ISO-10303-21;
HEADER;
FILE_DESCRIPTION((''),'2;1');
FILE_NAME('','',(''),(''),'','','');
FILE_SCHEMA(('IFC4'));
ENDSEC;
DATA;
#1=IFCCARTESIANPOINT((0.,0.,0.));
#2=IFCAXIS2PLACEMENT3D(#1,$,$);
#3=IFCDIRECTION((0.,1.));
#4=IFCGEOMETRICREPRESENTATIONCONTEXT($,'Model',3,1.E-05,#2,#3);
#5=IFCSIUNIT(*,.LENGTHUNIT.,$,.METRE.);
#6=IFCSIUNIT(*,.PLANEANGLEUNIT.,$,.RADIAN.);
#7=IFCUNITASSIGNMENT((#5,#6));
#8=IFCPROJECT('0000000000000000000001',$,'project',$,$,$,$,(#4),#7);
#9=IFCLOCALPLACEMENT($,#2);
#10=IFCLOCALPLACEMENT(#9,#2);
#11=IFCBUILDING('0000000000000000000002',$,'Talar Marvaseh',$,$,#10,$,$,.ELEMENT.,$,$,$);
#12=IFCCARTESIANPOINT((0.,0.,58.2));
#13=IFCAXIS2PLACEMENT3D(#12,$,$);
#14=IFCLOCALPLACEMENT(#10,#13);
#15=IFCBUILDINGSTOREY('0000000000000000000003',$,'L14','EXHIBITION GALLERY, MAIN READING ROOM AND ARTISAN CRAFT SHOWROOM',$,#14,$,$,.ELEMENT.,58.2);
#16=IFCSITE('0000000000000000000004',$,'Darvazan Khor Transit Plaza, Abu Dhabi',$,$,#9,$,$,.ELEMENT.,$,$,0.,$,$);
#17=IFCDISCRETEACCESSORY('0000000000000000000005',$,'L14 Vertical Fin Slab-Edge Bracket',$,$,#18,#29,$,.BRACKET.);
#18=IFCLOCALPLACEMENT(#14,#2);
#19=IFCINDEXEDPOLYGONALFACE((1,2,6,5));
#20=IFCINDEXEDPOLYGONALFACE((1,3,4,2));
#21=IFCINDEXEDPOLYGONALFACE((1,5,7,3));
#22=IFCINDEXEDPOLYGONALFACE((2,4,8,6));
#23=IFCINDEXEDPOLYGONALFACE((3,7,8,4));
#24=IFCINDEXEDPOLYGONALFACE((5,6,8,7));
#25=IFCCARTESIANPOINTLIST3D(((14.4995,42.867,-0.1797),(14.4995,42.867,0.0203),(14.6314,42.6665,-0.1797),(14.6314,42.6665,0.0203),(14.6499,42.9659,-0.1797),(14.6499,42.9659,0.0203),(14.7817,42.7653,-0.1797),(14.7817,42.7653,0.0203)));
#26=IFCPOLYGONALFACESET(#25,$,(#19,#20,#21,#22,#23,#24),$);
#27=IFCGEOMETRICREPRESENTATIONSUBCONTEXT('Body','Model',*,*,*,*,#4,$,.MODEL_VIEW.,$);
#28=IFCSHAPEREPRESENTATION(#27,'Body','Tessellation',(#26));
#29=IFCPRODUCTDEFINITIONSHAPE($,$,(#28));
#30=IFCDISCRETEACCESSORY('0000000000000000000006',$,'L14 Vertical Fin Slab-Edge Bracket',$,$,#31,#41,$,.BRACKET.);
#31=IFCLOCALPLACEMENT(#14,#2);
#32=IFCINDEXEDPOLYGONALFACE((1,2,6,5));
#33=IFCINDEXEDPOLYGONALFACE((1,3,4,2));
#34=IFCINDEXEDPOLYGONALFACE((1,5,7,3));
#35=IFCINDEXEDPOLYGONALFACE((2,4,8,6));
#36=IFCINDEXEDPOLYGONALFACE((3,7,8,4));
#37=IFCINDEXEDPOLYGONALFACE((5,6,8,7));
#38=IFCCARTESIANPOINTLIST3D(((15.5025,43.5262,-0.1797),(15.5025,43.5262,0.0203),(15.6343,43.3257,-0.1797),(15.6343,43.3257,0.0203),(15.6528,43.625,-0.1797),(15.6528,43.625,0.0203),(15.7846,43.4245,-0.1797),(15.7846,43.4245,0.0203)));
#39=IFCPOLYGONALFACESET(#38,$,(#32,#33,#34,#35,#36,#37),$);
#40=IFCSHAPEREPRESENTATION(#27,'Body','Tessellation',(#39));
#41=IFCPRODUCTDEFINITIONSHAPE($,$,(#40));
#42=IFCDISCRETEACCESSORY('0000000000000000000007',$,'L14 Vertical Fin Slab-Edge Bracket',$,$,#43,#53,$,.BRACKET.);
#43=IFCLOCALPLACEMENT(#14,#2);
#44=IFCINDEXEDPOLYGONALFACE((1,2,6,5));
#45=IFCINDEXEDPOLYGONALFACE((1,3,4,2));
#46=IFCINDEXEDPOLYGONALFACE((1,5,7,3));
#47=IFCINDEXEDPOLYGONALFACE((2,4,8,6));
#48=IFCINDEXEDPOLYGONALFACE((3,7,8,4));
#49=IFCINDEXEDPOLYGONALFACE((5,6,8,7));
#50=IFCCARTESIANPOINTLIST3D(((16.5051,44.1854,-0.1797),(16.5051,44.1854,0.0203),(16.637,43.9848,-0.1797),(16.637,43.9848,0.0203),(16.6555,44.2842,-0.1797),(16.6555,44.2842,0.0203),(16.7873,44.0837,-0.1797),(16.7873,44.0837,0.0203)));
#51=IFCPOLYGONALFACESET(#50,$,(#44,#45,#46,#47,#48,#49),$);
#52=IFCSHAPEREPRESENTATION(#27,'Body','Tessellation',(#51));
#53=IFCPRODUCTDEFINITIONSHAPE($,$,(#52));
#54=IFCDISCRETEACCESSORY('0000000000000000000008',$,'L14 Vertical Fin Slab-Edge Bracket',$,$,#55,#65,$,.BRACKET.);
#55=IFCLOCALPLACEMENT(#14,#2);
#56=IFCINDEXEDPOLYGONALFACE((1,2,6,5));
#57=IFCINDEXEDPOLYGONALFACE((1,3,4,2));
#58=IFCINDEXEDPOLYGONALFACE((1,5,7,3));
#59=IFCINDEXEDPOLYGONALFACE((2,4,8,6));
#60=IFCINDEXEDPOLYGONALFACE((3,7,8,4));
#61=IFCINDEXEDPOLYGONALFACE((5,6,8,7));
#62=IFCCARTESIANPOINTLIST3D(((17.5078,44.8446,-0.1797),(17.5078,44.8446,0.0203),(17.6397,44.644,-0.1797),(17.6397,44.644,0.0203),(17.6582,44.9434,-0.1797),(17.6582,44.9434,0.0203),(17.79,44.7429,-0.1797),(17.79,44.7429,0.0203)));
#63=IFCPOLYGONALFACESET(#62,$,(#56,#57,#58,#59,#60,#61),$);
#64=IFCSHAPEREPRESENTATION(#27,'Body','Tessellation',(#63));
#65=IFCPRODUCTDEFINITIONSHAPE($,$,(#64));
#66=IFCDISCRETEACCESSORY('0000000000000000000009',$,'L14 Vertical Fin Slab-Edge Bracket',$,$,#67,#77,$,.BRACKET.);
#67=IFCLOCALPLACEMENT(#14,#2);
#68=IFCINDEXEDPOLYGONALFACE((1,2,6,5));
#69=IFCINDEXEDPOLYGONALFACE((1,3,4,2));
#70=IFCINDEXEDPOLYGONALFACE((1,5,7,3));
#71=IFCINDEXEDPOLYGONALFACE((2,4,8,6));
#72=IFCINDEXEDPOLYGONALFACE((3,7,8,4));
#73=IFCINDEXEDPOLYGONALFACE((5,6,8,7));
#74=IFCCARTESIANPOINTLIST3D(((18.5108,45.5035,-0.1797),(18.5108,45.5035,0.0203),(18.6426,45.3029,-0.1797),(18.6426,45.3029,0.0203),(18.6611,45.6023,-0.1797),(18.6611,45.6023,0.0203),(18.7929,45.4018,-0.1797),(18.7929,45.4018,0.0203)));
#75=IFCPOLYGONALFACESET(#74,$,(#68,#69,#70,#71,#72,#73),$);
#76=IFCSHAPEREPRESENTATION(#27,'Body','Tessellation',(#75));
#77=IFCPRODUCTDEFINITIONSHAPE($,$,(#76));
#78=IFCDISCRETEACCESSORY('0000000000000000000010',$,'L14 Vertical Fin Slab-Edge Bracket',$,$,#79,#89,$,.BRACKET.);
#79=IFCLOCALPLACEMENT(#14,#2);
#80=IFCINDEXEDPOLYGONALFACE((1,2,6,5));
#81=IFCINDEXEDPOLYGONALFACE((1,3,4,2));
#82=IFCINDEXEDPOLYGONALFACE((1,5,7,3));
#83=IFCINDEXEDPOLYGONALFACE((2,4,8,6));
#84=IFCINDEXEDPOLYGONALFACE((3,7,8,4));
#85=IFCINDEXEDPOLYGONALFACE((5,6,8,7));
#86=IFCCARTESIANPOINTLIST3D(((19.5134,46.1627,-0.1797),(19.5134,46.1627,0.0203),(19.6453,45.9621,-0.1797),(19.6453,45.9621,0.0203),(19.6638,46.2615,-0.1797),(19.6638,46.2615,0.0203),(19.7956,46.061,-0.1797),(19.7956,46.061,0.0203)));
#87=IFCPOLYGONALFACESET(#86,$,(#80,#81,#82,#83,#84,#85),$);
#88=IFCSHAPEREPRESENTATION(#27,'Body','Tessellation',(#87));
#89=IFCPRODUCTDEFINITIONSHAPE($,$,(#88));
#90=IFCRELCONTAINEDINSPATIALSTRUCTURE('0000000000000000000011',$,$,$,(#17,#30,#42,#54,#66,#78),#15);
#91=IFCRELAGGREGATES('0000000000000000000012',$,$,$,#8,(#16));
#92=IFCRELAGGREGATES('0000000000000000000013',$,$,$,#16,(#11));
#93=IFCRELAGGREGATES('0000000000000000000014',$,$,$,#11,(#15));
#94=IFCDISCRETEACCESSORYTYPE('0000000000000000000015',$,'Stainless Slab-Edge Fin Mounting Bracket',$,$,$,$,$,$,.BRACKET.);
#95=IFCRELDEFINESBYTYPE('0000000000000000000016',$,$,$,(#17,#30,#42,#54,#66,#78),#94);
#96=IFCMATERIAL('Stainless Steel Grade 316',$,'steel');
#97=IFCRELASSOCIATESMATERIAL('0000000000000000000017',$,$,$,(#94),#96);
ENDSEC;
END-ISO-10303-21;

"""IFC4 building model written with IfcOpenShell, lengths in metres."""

from ifc_helpers import new_model, si_unit, direction, frame, origin, origin_2d, place, context, subcontext, project, spatial, rectangle, extrude, source, transform, mapped, material, type_object, type_shapes, element, save


model = new_model("IFC4")

# Units and contexts
model_context = context("Model", 3, precision=1e-05, world=origin(), true_north=direction((0.0, 1.0)))
body_context = subcontext(model_context, "Body", "Model", "MODEL_VIEW")
ifc_project = project(units=[si_unit("LENGTHUNIT", "METRE"), si_unit("PLANEANGLEUNIT", "RADIAN")], contexts=[model_context])

# Site, building, storey
site_placement = place(None, origin())
site = spatial("IfcSite", under=ifc_project, at=site_placement, Name="Darvazan Khor Transit Plaza, Abu Dhabi", CompositionType="ELEMENT", RefElevation=0.0)
building_placement = place(site_placement, origin())
building = spatial("IfcBuilding", under=site, at=building_placement, Name="Talar Marvaseh", CompositionType="ELEMENT")
storey_placement = place(building_placement, frame((0.0, 0.0, 58.2)))
storey = spatial("IfcBuildingStorey", under=building, at=storey_placement, Name="L14", Description="EXHIBITION GALLERY, MAIN READING ROOM AND ARTISAN CRAFT SHOWROOM", CompositionType="ELEMENT", Elevation=58.2)

# Discrete accessories
ifc_material_1 = material(Name="Stainless Steel Grade 316", Category="steel")
discrete_accessory_type = type_object("IfcDiscreteAccessoryType", Name="Stainless Slab-Edge Fin Mounting Bracket", PredefinedType="BRACKET", material=ifc_material_1)
shared_shape_1 = source(origin(), body_context, "Body", "SweptSolid", [
    extrude(rectangle(XDim=0.24, YDim=0.1799, at=origin_2d()), origin(), (0.0, 0.0, 1.0), 0.2),
])
type_shapes(discrete_accessory_type, [shared_shape_1])
for number, where, z_axis, x_axis, name in (
    (1, (14.6406, 42.8162, -0.1797), (0.0, 0.0, 1.0), (-0.549315, 0.835616, 0.0), "L14 Vertical Fin Slab-Edge Bracket"),
    (2, (15.6436, 43.4753, -0.1797), (0.0, 0.0, 1.0), (-0.549315, 0.835616, 0.0), "L14 Vertical Fin Slab-Edge Bracket"),
    (3, (16.6462, 44.1345, -0.1797), (0.0, 0.0, 1.0), (-0.549315, 0.835616, 0.0), "L14 Vertical Fin Slab-Edge Bracket"),
    (4, (17.6489, 44.7937, -0.1797), (0.0, 0.0, 1.0), (-0.549315, 0.835616, 0.0), "L14 Vertical Fin Slab-Edge Bracket"),
    (5, (18.6519, 45.4526, -0.1797), (0.0, 0.0, 1.0), (-0.549315, 0.835616, 0.0), "L14 Vertical Fin Slab-Edge Bracket"),
    (6, (19.6545, 46.1118, -0.1797), (0.0, 0.0, 1.0), (-0.549315, 0.835616, 0.0), "L14 Vertical Fin Slab-Edge Bracket"),
):
    element("IfcDiscreteAccessory", number, at=place(storey_placement, frame(where, z_axis=z_axis, x_axis=x_axis)), inside=storey, type_object=discrete_accessory_type, Name=name, PredefinedType="BRACKET", context=body_context, shape_type="MappedRepresentation", body=[
        mapped(shared_shape_1, transform((0.0, 0.0, 0.0), x_axis=(1.0, 0.0, 0.0), y_axis=(0.0, 1.0, 0.0), z_axis=(0.0, 0.0, 1.0), scale=1.0)),
    ])

save(model, "model.ifc")
